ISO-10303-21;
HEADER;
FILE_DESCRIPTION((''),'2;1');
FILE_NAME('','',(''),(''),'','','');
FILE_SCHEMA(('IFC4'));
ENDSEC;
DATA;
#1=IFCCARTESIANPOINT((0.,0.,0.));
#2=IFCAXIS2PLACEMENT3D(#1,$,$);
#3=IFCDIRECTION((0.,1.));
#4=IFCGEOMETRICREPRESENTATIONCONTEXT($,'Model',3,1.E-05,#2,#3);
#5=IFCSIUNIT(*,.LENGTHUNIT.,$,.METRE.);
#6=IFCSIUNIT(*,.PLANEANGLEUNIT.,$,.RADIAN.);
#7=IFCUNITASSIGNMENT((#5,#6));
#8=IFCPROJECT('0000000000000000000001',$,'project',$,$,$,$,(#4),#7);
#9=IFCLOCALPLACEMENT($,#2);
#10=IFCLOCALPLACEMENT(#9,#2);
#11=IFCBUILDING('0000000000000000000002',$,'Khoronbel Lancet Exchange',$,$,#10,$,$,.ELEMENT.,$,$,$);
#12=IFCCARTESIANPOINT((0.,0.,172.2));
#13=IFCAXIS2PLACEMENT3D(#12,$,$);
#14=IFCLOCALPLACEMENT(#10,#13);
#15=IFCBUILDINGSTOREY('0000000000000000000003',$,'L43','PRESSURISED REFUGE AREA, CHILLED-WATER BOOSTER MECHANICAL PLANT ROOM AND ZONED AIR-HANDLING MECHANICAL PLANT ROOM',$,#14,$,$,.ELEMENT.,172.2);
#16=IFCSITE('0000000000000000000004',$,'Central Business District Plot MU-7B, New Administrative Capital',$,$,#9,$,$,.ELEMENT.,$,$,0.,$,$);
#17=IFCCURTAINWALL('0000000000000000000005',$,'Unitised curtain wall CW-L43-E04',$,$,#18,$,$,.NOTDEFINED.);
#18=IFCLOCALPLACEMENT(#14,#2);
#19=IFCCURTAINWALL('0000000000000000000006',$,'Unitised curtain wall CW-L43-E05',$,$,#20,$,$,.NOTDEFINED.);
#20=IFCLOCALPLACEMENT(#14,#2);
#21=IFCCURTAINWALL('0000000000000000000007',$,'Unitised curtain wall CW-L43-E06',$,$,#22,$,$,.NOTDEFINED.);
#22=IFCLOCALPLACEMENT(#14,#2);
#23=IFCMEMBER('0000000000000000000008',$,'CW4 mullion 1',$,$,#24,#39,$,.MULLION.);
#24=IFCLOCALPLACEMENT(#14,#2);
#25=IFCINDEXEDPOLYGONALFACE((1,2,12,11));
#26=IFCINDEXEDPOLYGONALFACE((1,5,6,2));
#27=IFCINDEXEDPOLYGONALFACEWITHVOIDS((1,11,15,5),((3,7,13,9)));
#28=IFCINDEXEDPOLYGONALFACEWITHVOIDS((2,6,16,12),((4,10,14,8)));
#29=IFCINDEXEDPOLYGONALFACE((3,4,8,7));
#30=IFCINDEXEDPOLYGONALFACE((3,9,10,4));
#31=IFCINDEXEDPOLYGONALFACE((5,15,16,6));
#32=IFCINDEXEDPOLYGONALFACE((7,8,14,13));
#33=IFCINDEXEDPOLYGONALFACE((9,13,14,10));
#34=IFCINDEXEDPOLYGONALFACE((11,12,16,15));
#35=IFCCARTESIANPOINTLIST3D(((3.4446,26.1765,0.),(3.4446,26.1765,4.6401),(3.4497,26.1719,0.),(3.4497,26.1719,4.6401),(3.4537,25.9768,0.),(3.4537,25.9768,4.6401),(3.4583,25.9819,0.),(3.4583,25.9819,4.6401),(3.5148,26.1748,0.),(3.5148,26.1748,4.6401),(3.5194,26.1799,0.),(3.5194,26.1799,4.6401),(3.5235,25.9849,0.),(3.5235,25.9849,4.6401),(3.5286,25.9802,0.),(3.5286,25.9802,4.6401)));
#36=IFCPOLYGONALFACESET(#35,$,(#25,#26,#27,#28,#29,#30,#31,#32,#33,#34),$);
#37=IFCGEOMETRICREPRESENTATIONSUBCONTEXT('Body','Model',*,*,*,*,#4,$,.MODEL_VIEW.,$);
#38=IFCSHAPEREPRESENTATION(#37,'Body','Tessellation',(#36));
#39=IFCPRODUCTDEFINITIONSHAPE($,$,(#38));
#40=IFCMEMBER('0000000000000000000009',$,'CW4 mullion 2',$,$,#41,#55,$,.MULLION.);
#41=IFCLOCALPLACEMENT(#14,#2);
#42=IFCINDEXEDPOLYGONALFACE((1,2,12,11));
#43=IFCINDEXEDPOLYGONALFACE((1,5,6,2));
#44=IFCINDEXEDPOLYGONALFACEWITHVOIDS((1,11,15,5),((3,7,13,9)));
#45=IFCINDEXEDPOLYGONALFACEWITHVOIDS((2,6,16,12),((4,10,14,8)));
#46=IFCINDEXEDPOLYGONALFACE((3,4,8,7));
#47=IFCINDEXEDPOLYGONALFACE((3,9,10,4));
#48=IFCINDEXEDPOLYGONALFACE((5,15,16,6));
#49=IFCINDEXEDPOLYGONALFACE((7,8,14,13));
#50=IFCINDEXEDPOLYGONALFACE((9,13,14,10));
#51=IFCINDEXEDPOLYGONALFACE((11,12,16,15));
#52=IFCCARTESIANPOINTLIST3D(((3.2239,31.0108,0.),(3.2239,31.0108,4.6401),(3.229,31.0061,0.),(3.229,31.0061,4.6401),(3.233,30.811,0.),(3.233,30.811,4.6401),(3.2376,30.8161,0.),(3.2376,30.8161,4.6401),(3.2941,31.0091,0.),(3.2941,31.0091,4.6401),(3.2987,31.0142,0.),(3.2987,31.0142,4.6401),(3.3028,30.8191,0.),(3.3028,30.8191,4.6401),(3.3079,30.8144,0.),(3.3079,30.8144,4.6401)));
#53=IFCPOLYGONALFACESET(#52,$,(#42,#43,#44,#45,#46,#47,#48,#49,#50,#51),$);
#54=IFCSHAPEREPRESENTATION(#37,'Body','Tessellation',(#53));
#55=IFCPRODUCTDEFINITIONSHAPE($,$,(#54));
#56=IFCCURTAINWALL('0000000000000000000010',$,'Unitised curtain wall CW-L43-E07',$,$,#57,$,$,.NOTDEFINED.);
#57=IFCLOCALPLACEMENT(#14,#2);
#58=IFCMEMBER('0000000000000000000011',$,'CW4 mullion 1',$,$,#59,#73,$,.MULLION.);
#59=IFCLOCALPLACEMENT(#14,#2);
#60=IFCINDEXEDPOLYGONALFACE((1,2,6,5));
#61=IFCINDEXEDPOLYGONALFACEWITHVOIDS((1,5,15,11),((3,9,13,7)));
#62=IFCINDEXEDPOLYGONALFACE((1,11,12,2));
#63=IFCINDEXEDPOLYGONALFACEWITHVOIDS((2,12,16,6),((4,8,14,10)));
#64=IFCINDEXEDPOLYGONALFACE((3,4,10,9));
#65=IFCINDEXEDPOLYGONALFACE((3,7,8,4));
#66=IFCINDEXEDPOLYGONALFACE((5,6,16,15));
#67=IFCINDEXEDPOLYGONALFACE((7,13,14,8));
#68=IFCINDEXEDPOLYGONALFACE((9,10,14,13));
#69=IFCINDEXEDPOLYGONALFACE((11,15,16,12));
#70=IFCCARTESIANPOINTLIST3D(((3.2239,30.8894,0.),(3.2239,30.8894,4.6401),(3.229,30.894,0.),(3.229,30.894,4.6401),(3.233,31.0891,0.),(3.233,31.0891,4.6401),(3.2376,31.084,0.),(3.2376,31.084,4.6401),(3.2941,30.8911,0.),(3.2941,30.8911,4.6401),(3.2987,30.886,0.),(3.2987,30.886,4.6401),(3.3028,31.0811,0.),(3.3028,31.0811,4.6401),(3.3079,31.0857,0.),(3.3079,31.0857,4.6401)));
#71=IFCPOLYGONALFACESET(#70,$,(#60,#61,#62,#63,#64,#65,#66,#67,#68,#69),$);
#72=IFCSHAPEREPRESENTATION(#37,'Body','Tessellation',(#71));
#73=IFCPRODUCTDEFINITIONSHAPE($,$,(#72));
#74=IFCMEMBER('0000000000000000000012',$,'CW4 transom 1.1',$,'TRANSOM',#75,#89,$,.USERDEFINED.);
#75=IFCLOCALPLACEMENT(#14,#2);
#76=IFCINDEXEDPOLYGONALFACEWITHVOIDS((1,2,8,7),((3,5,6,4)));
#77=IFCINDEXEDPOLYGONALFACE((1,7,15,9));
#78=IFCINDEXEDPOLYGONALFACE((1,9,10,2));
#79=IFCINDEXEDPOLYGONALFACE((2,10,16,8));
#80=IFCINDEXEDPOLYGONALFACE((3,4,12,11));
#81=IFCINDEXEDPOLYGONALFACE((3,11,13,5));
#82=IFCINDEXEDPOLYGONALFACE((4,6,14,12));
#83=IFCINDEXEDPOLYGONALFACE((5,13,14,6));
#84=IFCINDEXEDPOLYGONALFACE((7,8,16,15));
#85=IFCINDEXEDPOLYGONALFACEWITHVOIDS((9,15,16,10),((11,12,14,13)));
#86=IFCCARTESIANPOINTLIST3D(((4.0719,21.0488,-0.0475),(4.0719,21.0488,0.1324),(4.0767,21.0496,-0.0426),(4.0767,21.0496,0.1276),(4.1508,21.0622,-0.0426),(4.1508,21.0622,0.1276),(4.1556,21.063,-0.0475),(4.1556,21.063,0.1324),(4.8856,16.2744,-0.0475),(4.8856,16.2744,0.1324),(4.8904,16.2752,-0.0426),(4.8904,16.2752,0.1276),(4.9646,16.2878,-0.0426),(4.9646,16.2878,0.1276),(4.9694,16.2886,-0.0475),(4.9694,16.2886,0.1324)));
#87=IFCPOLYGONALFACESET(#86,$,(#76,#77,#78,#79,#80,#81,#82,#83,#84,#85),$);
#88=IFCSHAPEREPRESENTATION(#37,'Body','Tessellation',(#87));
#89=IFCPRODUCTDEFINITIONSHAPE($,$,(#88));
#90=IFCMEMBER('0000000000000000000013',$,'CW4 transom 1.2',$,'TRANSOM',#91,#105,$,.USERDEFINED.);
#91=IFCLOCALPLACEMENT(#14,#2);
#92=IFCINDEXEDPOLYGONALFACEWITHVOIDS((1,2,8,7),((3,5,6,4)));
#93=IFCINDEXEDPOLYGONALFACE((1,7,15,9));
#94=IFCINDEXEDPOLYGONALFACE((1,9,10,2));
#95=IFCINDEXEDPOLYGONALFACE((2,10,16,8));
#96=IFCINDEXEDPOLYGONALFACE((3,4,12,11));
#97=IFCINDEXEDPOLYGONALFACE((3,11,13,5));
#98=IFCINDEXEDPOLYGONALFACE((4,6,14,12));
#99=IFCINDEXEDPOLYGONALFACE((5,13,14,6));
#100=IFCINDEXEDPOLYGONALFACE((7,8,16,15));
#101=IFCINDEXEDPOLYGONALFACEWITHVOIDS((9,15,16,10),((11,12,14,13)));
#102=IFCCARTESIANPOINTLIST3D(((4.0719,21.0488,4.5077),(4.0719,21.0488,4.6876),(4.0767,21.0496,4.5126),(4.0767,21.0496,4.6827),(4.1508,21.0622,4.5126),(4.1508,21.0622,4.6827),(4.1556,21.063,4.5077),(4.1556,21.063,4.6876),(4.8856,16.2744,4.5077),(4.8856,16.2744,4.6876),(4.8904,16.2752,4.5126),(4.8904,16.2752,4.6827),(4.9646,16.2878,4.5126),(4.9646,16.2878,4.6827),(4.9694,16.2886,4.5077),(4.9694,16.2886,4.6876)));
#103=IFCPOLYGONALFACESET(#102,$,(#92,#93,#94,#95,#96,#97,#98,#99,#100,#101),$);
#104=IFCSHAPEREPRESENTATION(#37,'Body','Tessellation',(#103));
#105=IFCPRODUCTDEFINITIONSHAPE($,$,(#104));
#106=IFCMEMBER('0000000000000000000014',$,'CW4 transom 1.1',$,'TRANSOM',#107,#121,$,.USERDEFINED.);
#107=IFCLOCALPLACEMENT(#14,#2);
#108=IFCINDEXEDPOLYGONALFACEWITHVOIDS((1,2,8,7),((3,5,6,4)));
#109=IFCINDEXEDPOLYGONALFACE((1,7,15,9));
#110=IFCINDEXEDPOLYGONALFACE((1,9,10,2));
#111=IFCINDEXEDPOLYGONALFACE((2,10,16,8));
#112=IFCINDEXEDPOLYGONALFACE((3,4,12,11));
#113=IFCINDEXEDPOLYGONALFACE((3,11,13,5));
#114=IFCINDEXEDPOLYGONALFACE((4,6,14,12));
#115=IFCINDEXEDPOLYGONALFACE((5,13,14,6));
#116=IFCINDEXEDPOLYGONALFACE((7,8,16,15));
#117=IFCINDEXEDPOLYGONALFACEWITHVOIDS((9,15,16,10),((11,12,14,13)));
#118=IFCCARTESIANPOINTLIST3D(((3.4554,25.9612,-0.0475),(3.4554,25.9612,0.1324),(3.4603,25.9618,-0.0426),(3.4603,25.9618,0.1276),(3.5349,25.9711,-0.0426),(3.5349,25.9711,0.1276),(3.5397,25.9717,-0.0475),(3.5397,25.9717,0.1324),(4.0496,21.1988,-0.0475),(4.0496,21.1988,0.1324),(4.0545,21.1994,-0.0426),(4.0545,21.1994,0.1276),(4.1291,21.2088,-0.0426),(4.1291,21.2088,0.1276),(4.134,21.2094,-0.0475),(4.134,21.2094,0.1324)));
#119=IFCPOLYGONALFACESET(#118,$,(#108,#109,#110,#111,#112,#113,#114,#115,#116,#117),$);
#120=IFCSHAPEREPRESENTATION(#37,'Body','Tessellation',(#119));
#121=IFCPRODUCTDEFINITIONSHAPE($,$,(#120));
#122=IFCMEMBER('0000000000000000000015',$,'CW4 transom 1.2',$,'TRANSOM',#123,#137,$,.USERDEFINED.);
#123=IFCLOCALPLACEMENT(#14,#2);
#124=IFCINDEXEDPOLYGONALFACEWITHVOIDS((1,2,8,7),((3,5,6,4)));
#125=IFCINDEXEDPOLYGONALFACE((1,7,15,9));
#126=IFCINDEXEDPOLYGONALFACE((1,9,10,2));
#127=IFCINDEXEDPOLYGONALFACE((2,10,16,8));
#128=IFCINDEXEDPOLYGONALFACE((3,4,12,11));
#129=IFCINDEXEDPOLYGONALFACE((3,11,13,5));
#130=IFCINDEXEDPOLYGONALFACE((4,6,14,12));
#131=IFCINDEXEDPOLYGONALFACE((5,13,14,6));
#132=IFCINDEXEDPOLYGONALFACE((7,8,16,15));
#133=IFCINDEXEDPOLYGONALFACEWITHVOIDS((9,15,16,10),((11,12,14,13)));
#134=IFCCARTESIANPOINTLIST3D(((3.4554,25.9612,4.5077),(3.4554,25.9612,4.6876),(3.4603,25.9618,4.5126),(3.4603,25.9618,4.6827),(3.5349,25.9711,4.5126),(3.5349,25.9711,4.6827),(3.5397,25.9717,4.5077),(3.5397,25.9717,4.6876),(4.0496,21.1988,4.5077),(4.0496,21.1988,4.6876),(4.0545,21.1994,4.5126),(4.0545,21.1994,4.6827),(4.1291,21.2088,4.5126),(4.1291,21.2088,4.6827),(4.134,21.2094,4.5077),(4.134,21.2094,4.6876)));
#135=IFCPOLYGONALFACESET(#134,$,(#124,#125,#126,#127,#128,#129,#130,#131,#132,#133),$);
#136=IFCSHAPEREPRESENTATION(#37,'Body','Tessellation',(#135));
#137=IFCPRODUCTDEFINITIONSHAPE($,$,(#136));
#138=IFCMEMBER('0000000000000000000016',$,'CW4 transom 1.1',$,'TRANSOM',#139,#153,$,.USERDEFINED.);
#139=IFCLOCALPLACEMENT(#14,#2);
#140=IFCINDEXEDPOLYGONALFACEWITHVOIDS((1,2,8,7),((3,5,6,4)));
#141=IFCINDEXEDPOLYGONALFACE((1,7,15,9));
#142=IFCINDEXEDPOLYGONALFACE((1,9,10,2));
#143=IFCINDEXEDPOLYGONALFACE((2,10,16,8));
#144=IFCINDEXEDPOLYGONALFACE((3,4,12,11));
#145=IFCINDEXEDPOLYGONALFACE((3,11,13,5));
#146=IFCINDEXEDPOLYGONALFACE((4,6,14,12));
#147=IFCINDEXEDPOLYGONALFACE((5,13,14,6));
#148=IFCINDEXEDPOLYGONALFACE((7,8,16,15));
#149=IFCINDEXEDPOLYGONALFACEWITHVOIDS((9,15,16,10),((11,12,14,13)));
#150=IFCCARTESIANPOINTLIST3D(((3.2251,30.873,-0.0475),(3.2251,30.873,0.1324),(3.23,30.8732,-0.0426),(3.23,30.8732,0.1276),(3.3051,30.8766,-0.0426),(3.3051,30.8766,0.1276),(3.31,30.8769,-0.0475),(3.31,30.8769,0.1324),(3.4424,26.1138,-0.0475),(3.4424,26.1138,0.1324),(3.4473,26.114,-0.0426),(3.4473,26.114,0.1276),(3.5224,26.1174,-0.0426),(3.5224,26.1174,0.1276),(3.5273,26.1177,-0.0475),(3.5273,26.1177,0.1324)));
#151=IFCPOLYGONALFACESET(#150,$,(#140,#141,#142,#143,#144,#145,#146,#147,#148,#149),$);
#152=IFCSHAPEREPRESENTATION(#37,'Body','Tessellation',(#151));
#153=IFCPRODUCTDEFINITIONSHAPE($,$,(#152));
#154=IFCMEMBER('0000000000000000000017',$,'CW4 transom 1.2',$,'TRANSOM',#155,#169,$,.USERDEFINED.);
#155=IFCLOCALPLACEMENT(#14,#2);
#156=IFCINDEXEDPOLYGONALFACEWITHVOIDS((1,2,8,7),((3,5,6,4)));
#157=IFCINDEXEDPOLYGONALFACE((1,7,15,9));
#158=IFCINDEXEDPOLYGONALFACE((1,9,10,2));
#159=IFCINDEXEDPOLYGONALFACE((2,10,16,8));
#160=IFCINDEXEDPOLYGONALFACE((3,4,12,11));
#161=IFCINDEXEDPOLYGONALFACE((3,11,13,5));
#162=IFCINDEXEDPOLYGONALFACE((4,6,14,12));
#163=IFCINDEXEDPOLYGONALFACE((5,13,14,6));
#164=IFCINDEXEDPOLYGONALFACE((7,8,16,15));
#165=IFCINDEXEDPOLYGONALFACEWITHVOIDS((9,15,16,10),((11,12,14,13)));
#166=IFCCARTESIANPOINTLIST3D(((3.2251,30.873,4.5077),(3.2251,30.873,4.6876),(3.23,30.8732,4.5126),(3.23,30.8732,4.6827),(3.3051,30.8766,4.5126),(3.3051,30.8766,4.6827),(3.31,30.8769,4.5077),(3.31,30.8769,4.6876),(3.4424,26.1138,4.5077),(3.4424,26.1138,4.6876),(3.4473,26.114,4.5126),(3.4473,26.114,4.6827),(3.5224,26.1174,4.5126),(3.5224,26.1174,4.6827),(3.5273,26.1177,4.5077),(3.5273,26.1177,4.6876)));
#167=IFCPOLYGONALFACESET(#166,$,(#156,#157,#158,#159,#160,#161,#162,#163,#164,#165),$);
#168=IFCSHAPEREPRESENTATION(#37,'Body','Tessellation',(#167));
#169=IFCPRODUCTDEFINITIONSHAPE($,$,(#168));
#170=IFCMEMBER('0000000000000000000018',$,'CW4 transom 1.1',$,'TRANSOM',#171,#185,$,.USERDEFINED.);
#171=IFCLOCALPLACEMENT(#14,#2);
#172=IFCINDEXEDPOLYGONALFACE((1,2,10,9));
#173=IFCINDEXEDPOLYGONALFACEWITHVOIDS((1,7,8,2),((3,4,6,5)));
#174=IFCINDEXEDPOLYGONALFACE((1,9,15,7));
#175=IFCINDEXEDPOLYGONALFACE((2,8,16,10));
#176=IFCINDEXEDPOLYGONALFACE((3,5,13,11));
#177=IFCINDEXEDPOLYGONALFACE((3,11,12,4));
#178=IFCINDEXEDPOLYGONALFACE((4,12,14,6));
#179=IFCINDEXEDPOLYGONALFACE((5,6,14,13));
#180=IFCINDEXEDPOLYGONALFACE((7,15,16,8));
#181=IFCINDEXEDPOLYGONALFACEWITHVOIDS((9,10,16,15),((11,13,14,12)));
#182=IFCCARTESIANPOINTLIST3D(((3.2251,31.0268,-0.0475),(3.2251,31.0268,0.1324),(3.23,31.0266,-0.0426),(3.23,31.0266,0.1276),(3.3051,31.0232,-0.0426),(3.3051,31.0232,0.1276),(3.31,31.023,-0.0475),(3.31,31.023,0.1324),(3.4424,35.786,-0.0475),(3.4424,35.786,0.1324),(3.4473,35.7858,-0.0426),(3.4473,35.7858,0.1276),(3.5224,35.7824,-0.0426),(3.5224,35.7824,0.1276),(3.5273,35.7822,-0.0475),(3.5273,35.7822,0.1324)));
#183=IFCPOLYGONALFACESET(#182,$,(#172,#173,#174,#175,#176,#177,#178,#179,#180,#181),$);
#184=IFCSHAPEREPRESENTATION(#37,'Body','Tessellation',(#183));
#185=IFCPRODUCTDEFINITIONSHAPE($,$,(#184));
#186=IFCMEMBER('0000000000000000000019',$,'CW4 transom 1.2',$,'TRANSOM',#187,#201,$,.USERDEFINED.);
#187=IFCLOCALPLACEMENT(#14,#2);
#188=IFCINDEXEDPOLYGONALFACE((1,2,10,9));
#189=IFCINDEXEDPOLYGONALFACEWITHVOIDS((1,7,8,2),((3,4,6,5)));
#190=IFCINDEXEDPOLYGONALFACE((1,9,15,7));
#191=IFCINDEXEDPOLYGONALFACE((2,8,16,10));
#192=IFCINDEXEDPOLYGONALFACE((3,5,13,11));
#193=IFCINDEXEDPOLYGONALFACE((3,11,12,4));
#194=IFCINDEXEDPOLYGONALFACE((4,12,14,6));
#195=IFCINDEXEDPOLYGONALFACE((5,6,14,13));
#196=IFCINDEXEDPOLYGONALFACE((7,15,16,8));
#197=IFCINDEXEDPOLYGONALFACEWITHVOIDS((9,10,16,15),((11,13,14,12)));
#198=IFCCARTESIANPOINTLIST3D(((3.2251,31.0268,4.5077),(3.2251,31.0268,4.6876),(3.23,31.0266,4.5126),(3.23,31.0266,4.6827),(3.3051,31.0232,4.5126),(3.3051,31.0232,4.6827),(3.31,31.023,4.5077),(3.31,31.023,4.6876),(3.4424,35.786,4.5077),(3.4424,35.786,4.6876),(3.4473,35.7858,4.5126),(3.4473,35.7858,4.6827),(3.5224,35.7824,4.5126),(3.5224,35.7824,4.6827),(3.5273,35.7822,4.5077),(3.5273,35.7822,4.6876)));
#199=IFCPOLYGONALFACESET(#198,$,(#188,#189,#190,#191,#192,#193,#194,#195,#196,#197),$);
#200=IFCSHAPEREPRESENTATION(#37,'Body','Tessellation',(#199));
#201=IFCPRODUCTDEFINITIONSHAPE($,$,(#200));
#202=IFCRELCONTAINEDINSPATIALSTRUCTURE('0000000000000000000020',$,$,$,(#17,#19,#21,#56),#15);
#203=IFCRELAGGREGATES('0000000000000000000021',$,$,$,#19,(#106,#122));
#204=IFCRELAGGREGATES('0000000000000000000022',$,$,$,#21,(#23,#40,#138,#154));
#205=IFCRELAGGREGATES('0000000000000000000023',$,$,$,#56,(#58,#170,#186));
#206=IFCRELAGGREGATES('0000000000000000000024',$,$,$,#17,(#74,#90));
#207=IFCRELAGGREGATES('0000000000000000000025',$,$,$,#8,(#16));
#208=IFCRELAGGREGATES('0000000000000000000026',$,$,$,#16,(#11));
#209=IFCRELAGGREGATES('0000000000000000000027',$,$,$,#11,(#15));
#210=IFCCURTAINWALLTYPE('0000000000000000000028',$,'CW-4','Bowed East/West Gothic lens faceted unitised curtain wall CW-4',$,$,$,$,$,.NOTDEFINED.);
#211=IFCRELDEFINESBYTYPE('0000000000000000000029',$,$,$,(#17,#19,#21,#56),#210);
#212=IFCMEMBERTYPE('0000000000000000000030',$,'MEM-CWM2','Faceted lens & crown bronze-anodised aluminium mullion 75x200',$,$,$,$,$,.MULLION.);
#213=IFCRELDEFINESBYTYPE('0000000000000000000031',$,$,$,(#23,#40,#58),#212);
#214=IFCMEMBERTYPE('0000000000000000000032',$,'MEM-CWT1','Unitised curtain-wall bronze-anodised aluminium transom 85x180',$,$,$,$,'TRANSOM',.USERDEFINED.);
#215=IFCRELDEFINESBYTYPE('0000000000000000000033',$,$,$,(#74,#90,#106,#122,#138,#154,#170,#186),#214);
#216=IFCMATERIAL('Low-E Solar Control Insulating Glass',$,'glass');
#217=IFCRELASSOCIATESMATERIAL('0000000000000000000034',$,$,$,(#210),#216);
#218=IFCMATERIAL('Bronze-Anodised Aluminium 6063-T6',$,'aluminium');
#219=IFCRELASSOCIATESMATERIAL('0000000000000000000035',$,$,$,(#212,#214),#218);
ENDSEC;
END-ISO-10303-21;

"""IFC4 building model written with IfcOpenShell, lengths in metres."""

from ifc_helpers import new_model, si_unit, direction, frame, origin, origin_2d, place, context, subcontext, project, spatial, hollow_rectangle, extrude, material, material_profile, profile_set, type_object, element, aggregate, save


model = new_model("IFC4")

# Units and contexts
model_context = context("Model", 3, precision=1e-05, world=origin(), true_north=direction((0.0, 1.0)))
body_context = subcontext(model_context, "Body", "Model", "MODEL_VIEW")
ifc_project = project(units=[si_unit("LENGTHUNIT", "METRE"), si_unit("PLANEANGLEUNIT", "RADIAN")], contexts=[model_context])

# Site, building, storey
site_placement = place(None, origin())
site = spatial("IfcSite", under=ifc_project, at=site_placement, Name="Central Business District Plot MU-7B, New Administrative Capital", CompositionType="ELEMENT", RefElevation=0.0)
building_placement = place(site_placement, origin())
building = spatial("IfcBuilding", under=site, at=building_placement, Name="Khoronbel Lancet Exchange", CompositionType="ELEMENT")
storey_placement = place(building_placement, frame((0.0, 0.0, 172.2)))
storey = spatial("IfcBuildingStorey", under=building, at=storey_placement, Name="L43", Description="PRESSURISED REFUGE AREA, CHILLED-WATER BOOSTER MECHANICAL PLANT ROOM AND ZONED AIR-HANDLING MECHANICAL PLANT ROOM", CompositionType="ELEMENT", Elevation=172.2)

# Curtain walls, members
ifc_material_1 = material(Name="Low-E Solar Control Insulating Glass", Category="glass")
curtain_wall_type = type_object("IfcCurtainWallType", Name="CW-4", Description="Bowed East/West Gothic lens faceted unitised curtain wall CW-4", PredefinedType="NOTDEFINED", material=ifc_material_1)
curtain_wall_1_placement = place(storey_placement, origin())
curtain_wall_1 = element("IfcCurtainWall", 1, at=curtain_wall_1_placement, inside=storey, type_object=curtain_wall_type, Name="Unitised curtain wall CW-L43-E04", PredefinedType="NOTDEFINED")
ifc_material_2 = material(Name="Bronze-Anodised Aluminium 6063-T6", Category="aluminium")
ifc_material_profile_1 = material_profile(ifc_material_2, hollow_rectangle(XDim=0.075, YDim=0.2, WallThickness=0.0049, at=origin_2d()), Name="ALU MULLION 75x200")
ifc_profile_set_1 = profile_set([ifc_material_profile_1], Name="Bronze-Anodised Aluminium 6063-T6")
member_type_1 = type_object("IfcMemberType", Name="MEM-CWM2", Description="Faceted lens & crown bronze-anodised aluminium mullion 75x200", PredefinedType="MULLION", material=ifc_profile_set_1)
curtain_wall_2_placement = place(storey_placement, origin())
curtain_wall_2 = element("IfcCurtainWall", 2, at=curtain_wall_2_placement, inside=storey, type_object=curtain_wall_type, Name="Unitised curtain wall CW-L43-E05", PredefinedType="NOTDEFINED")
curtain_wall_3_placement = place(storey_placement, origin())
curtain_wall_3 = element("IfcCurtainWall", 3, at=curtain_wall_3_placement, inside=storey, type_object=curtain_wall_type, Name="Unitised curtain wall CW-L43-E06", PredefinedType="NOTDEFINED")
member_1_placement = place(storey_placement, frame((3.4866, 26.0784, 0.0), z_axis=(0.0, 0.0, 1.0), x_axis=(-0.99896, -0.045602, 0.0)))
member_1 = element("IfcMember", 4, at=member_1_placement, type_object=member_type_1, Name="CW4 mullion 1", PredefinedType="MULLION", context=body_context, shape_type="SweptSolid", body=[
    extrude(hollow_rectangle(XDim=0.075, YDim=0.2, WallThickness=0.0049, at=origin_2d()), origin(), (0.0, 0.0, 1.0), 4.6401),
])
member_2_placement = place(storey_placement, frame((3.2659, 30.9126, 0.0), z_axis=(0.0, 0.0, 1.0), x_axis=(-0.99896, -0.045602, 0.0)))
member_2 = element("IfcMember", 5, at=member_2_placement, type_object=member_type_1, Name="CW4 mullion 2", PredefinedType="MULLION", context=body_context, shape_type="SweptSolid", body=[
    extrude(hollow_rectangle(XDim=0.075, YDim=0.2, WallThickness=0.0049, at=origin_2d()), origin(), (0.0, 0.0, 1.0), 4.6401),
])

# Curtain wall, member
curtain_wall_4_placement = place(storey_placement, origin())
curtain_wall_4 = element("IfcCurtainWall", 6, at=curtain_wall_4_placement, inside=storey, type_object=curtain_wall_type, Name="Unitised curtain wall CW-L43-E07", PredefinedType="NOTDEFINED")
member_3_placement = place(storey_placement, frame((3.2659, 30.9875, 0.0), z_axis=(0.0, 0.0, 1.0), x_axis=(-0.99896, 0.045602, 0.0)))
member_3 = element("IfcMember", 7, at=member_3_placement, type_object=member_type_1, Name="CW4 mullion 1", PredefinedType="MULLION", context=body_context, shape_type="SweptSolid", body=[
    extrude(hollow_rectangle(XDim=0.075, YDim=0.2, WallThickness=0.0049, at=origin_2d()), origin(), (0.0, 0.0, 1.0), 4.6401),
])

# Members
ifc_material_profile_2 = material_profile(ifc_material_2, hollow_rectangle(XDim=0.085, YDim=0.1799, WallThickness=0.0049, at=origin_2d()), Name="ALU TRANSOM 85x180")
ifc_profile_set_2 = profile_set([ifc_material_profile_2], Name="Bronze-Anodised Aluminium 6063-T6")
member_type_2 = type_object("IfcMemberType", Name="MEM-CWT1", Description="Unitised curtain-wall bronze-anodised aluminium transom 85x180", ElementType="TRANSOM", PredefinedType="USERDEFINED", material=ifc_profile_set_2)
member_4_placement = place(storey_placement, frame((4.9275, 16.2815, 0.0425), z_axis=(-0.168011, 0.985785, 0.0), x_axis=(-0.985785, -0.168011, 0.0)))
member_4 = element("IfcMember", 8, at=member_4_placement, type_object=member_type_2, Name="CW4 transom 1.1", ObjectType="TRANSOM", PredefinedType="USERDEFINED", context=body_context, shape_type="SweptSolid", body=[
    extrude(hollow_rectangle(XDim=0.085, YDim=0.1799, WallThickness=0.0049, at=origin_2d()), origin(), (0.0, 0.0, 1.0), 4.8433),
])
member_5_placement = place(storey_placement, frame((4.9275, 16.2815, 4.5977), z_axis=(-0.168011, 0.985785, 0.0), x_axis=(-0.985785, -0.168011, 0.0)))
member_5 = element("IfcMember", 9, at=member_5_placement, type_object=member_type_2, Name="CW4 transom 1.2", ObjectType="TRANSOM", PredefinedType="USERDEFINED", context=body_context, shape_type="SweptSolid", body=[
    extrude(hollow_rectangle(XDim=0.085, YDim=0.1799, WallThickness=0.0049, at=origin_2d()), origin(), (0.0, 0.0, 1.0), 4.8433),
])
member_6_placement = place(storey_placement, frame((4.0918, 21.2041, 0.0425), z_axis=(-0.123816, 0.992305, 0.0), x_axis=(-0.992305, -0.123816, 0.0)))
member_6 = element("IfcMember", 10, at=member_6_placement, type_object=member_type_2, Name="CW4 transom 1.1", ObjectType="TRANSOM", PredefinedType="USERDEFINED", context=body_context, shape_type="SweptSolid", body=[
    extrude(hollow_rectangle(XDim=0.085, YDim=0.1799, WallThickness=0.0049, at=origin_2d()), origin(), (0.0, 0.0, 1.0), 4.7993),
])
member_7_placement = place(storey_placement, frame((4.0918, 21.2041, 4.5977), z_axis=(-0.123816, 0.992305, 0.0), x_axis=(-0.992305, -0.123816, 0.0)))
member_7 = element("IfcMember", 11, at=member_7_placement, type_object=member_type_2, Name="CW4 transom 1.2", ObjectType="TRANSOM", PredefinedType="USERDEFINED", context=body_context, shape_type="SweptSolid", body=[
    extrude(hollow_rectangle(XDim=0.085, YDim=0.1799, WallThickness=0.0049, at=origin_2d()), origin(), (0.0, 0.0, 1.0), 4.7993),
])
member_8_placement = place(storey_placement, frame((3.4849, 26.1157, 0.0425), z_axis=(-0.045608, 0.998959, 0.0), x_axis=(-0.998959, -0.045608, 0.0)))
member_8 = element("IfcMember", 12, at=member_8_placement, type_object=member_type_2, Name="CW4 transom 1.1", ObjectType="TRANSOM", PredefinedType="USERDEFINED", context=body_context, shape_type="SweptSolid", body=[
    extrude(hollow_rectangle(XDim=0.085, YDim=0.1799, WallThickness=0.0049, at=origin_2d()), origin(), (0.0, 0.0, 1.0), 4.7642),
])
member_9_placement = place(storey_placement, frame((3.4849, 26.1157, 4.5977), z_axis=(-0.045608, 0.998959, 0.0), x_axis=(-0.998959, -0.045608, 0.0)))
member_9 = element("IfcMember", 13, at=member_9_placement, type_object=member_type_2, Name="CW4 transom 1.2", ObjectType="TRANSOM", PredefinedType="USERDEFINED", context=body_context, shape_type="SweptSolid", body=[
    extrude(hollow_rectangle(XDim=0.085, YDim=0.1799, WallThickness=0.0049, at=origin_2d()), origin(), (0.0, 0.0, 1.0), 4.7642),
])
member_10_placement = place(storey_placement, frame((3.2676, 31.0249, 0.0425), z_axis=(0.045608, 0.998959, 0.0), x_axis=(-0.998959, 0.045608, 0.0)))
member_10 = element("IfcMember", 14, at=member_10_placement, type_object=member_type_2, Name="CW4 transom 1.1", ObjectType="TRANSOM", PredefinedType="USERDEFINED", context=body_context, shape_type="SweptSolid", body=[
    extrude(hollow_rectangle(XDim=0.085, YDim=0.1799, WallThickness=0.0049, at=origin_2d()), origin(), (0.0, 0.0, 1.0), 4.7642),
])
member_11_placement = place(storey_placement, frame((3.2676, 31.0249, 4.5977), z_axis=(0.045608, 0.998959, 0.0), x_axis=(-0.998959, 0.045608, 0.0)))
member_11 = element("IfcMember", 15, at=member_11_placement, type_object=member_type_2, Name="CW4 transom 1.2", ObjectType="TRANSOM", PredefinedType="USERDEFINED", context=body_context, shape_type="SweptSolid", body=[
    extrude(hollow_rectangle(XDim=0.085, YDim=0.1799, WallThickness=0.0049, at=origin_2d()), origin(), (0.0, 0.0, 1.0), 4.7642),
])

aggregate(curtain_wall_2, [member_6, member_7])
aggregate(curtain_wall_3, [member_1, member_2, member_8, member_9])
aggregate(curtain_wall_4, [member_3, member_10, member_11])
aggregate(curtain_wall_1, [member_4, member_5])

save(model, "model.ifc")
